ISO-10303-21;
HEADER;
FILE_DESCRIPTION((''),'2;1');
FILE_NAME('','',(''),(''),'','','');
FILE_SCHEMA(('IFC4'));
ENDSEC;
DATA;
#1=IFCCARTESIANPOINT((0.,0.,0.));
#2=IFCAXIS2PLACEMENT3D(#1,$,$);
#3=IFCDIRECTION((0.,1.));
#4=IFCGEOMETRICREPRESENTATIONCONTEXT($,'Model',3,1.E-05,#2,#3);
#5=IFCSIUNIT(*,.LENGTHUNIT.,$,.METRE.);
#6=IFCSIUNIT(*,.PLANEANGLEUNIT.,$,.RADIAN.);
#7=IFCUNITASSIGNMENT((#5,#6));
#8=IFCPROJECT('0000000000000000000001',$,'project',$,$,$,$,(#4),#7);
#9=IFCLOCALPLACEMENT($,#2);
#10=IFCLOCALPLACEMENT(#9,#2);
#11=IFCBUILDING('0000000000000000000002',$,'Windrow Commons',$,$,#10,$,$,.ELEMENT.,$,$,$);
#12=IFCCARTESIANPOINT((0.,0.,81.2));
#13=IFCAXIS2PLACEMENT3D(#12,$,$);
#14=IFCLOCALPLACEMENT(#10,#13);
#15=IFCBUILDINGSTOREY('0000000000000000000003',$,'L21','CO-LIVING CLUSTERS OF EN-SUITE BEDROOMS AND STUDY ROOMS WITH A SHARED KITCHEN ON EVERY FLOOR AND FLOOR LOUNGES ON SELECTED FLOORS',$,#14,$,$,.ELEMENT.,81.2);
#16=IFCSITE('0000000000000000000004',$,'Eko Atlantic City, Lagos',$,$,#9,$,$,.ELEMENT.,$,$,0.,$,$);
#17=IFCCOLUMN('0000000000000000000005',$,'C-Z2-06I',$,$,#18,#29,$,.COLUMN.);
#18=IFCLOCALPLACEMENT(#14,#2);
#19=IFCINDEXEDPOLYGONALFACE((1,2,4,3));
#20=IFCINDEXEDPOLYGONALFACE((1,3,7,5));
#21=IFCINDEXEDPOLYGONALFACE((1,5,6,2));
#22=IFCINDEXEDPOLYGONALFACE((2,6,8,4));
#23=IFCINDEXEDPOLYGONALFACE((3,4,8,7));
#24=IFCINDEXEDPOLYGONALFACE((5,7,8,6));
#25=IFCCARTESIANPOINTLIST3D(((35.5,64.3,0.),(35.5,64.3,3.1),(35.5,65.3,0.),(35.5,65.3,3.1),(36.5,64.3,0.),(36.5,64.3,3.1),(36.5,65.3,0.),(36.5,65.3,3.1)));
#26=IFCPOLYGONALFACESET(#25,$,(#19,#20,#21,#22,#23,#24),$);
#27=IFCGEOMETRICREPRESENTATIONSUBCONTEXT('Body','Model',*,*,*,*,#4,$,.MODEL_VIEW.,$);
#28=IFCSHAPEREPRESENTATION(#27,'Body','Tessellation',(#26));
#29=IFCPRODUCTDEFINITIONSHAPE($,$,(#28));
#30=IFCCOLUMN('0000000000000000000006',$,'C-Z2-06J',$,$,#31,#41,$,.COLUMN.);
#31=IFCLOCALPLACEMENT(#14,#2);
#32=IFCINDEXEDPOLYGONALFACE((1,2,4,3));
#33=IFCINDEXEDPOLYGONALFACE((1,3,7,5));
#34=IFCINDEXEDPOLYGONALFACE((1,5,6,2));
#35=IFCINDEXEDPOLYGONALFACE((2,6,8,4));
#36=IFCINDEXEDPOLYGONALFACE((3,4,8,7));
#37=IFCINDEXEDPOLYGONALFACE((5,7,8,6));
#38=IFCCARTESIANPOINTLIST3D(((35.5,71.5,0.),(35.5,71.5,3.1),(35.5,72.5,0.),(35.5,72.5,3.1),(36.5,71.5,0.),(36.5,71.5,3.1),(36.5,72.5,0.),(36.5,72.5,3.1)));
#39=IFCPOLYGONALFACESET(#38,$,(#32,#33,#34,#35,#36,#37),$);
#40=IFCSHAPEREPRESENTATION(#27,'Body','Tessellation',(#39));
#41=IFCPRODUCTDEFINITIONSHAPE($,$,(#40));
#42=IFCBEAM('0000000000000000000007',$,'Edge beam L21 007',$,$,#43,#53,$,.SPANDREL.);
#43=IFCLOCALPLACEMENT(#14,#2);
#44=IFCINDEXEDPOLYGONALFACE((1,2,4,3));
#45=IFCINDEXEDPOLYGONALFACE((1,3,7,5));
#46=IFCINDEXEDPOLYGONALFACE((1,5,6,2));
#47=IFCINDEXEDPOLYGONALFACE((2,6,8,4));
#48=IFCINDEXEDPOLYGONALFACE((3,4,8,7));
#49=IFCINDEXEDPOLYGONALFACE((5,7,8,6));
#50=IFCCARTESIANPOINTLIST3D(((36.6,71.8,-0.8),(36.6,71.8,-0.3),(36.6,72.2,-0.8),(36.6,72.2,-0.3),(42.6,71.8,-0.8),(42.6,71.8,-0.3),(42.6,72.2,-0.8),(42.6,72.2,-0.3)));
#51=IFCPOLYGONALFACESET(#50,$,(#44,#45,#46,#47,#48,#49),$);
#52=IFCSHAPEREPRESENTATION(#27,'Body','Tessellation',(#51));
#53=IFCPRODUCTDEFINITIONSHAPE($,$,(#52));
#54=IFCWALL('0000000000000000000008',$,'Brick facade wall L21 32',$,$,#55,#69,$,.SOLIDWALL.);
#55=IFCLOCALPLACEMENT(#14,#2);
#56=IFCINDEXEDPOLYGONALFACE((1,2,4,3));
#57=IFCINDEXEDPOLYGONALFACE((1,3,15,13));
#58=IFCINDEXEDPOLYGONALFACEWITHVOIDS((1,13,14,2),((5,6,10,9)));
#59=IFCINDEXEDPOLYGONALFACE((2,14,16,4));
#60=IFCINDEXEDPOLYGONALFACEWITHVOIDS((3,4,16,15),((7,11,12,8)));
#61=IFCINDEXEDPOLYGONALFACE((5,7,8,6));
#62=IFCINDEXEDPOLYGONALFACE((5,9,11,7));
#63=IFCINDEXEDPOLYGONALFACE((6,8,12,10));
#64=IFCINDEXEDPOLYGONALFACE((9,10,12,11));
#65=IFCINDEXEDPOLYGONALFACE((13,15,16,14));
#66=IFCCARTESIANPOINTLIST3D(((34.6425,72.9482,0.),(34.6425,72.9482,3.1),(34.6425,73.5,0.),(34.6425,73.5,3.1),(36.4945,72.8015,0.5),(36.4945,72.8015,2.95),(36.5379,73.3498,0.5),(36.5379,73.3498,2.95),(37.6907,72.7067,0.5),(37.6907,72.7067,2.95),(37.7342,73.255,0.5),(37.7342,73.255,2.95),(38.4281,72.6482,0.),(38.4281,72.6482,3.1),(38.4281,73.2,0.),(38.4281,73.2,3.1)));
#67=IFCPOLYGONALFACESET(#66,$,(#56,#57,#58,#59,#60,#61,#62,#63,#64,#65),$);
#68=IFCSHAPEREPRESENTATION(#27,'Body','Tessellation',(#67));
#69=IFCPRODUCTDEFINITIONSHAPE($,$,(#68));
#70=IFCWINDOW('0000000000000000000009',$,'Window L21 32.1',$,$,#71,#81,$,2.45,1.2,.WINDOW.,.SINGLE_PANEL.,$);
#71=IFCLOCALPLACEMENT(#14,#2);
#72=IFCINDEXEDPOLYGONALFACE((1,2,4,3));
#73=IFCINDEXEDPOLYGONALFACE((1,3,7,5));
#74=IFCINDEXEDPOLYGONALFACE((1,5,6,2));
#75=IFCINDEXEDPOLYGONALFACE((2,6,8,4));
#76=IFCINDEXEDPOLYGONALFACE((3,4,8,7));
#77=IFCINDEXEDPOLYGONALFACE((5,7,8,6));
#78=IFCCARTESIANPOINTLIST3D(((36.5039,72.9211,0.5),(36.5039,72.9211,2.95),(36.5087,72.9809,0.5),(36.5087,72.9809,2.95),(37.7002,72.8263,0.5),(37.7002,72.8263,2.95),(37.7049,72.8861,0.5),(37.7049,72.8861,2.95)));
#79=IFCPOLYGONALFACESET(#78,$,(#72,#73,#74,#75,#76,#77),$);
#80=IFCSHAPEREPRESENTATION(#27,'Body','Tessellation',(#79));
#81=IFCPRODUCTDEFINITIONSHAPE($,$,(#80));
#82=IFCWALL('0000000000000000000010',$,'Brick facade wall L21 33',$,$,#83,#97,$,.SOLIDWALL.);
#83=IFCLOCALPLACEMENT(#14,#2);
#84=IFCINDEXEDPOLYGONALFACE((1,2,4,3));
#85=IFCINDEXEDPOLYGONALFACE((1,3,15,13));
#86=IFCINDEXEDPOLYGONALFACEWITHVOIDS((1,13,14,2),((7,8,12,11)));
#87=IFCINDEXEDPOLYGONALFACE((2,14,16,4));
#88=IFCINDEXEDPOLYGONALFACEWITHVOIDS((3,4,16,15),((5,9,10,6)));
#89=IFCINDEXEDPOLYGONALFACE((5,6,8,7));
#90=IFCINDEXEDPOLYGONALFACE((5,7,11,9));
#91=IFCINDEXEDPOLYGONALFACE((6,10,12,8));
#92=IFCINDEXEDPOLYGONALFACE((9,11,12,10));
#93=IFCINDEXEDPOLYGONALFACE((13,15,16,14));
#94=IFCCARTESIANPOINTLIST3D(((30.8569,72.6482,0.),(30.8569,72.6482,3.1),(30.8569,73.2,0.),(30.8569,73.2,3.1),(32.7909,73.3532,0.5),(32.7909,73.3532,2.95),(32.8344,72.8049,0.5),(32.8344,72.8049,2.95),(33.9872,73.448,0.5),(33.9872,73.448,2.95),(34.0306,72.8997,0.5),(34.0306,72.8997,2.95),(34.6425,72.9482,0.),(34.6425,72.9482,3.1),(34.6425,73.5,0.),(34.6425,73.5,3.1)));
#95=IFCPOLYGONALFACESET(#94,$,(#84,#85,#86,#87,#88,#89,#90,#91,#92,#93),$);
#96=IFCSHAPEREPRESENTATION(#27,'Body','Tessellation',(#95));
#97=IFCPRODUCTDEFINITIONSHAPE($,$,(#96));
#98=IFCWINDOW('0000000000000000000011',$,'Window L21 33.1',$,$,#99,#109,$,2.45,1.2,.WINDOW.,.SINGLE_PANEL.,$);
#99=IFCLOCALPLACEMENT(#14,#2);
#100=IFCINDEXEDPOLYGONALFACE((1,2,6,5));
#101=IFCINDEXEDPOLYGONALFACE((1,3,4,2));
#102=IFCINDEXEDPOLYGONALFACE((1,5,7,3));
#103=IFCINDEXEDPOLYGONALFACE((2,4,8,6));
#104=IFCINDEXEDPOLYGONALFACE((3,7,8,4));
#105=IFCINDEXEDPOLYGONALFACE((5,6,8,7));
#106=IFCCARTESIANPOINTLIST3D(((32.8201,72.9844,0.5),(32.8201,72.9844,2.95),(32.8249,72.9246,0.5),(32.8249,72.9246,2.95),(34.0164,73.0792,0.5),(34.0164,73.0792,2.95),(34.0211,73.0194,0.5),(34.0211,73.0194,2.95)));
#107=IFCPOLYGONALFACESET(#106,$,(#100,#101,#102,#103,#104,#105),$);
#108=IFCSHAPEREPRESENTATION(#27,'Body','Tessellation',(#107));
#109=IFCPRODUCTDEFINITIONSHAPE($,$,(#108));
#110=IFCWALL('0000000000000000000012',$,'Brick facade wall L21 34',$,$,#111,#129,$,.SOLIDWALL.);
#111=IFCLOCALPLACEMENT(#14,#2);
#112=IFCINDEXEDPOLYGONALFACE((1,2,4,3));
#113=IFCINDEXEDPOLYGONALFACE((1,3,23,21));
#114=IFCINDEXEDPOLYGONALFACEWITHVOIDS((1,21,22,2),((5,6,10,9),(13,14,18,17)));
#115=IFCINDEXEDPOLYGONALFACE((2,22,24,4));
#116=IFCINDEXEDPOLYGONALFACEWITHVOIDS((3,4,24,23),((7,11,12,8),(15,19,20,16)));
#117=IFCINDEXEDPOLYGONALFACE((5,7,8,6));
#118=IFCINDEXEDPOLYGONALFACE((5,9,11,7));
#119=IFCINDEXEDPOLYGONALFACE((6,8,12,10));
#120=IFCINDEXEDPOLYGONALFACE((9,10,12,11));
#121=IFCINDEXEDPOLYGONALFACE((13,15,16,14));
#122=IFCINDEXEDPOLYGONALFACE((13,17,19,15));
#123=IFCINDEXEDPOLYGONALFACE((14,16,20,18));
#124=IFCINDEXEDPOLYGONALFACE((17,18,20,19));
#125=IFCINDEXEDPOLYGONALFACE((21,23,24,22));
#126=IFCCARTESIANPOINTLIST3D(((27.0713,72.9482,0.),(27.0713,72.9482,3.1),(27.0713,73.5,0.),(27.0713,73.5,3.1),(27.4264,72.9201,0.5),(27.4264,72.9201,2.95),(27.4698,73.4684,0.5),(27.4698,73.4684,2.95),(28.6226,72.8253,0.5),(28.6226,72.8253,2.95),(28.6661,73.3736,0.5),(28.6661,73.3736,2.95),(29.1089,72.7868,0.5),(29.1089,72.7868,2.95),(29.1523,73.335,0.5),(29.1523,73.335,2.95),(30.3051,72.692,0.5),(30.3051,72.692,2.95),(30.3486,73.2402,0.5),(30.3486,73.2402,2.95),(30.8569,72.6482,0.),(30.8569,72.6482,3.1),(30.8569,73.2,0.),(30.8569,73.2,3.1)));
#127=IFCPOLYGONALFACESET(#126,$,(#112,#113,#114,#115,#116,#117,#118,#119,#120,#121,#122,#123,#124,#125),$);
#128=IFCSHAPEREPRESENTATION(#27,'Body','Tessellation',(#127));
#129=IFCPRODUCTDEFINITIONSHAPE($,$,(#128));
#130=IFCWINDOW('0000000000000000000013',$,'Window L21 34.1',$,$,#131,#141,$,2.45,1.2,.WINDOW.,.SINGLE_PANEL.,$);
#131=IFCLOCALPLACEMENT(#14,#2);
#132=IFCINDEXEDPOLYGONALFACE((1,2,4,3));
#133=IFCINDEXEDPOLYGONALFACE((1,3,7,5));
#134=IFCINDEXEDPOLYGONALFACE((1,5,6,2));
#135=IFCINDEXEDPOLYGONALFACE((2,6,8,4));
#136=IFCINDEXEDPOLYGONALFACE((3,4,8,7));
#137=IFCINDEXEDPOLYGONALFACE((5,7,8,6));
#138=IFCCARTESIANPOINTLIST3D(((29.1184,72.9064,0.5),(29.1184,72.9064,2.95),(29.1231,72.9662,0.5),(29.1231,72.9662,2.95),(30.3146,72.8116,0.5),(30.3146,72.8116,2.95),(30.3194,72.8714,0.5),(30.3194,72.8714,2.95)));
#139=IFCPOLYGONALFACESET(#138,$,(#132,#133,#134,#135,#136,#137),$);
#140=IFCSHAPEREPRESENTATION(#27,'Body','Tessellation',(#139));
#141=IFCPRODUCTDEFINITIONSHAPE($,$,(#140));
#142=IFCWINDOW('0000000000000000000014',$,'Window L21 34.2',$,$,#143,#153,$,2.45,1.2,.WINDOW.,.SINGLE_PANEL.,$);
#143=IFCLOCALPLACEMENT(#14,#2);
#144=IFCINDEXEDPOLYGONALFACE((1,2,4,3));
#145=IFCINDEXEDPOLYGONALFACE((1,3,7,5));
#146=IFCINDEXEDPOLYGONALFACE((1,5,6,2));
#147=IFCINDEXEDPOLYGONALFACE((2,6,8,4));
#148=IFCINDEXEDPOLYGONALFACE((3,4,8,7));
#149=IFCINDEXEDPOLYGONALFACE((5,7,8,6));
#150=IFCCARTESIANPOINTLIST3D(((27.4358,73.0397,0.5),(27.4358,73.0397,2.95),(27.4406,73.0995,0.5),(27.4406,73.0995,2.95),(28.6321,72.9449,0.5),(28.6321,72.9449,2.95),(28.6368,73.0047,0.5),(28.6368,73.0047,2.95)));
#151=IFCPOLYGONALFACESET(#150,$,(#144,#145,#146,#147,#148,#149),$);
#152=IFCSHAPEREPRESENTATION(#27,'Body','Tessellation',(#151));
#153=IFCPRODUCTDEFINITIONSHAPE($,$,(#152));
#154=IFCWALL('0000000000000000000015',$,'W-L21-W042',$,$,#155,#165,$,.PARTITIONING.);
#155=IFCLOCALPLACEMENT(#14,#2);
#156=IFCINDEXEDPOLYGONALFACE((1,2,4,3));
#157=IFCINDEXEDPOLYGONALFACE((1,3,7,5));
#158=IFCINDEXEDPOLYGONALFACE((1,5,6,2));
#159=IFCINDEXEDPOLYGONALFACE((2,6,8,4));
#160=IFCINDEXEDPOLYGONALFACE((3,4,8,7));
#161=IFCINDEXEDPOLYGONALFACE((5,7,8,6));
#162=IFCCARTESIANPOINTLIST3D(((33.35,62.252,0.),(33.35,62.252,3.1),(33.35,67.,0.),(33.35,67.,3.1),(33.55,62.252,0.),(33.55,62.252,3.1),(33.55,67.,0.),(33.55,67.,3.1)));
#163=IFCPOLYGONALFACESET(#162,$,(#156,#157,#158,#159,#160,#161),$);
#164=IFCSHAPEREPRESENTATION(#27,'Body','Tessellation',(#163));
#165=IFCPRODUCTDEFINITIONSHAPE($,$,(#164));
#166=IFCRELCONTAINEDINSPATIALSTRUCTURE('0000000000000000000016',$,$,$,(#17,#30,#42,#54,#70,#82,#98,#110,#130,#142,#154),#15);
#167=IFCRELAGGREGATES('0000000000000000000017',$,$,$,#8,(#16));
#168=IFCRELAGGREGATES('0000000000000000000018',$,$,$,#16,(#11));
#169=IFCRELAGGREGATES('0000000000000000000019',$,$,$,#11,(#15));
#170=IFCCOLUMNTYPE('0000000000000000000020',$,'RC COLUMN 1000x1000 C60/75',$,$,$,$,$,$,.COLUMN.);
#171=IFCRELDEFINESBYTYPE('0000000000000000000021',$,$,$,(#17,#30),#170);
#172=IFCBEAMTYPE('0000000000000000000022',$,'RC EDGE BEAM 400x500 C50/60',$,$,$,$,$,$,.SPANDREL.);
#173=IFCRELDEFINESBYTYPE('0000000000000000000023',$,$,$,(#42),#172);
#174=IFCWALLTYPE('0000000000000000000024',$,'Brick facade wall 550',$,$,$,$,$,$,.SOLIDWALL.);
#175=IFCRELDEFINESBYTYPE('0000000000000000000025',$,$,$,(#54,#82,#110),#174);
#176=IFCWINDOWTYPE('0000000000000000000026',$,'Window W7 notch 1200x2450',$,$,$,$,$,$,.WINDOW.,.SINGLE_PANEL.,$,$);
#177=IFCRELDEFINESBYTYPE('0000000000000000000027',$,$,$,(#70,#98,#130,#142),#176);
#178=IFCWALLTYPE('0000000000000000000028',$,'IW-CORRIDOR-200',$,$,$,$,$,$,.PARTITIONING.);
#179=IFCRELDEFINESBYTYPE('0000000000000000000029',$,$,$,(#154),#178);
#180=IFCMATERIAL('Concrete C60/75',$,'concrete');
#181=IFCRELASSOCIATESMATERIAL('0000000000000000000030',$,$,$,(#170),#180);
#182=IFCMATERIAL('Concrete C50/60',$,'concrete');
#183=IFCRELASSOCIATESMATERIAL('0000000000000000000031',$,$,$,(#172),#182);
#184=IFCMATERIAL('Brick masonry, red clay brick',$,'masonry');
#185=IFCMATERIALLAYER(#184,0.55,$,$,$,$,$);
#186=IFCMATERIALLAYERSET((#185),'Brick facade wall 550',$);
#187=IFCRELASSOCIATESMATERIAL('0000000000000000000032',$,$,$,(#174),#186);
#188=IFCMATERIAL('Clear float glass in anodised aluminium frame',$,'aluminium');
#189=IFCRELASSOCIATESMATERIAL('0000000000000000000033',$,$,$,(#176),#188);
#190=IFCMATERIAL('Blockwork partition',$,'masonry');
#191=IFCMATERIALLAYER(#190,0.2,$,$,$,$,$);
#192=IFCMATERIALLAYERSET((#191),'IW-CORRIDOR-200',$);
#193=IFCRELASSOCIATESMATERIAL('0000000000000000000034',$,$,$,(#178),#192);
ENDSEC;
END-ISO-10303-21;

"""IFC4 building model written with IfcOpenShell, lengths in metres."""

from ifc_helpers import new_model, si_unit, direction, frame, frame_2d, origin, origin_2d, place, context, subcontext, project, spatial, polyline, rectangle, outline, extrude, material, layer, layer_set, material_profile, profile_set, type_object, element, fill, save


model = new_model("IFC4")

# Units and contexts
model_context = context("Model", 3, precision=1e-05, world=origin(), true_north=direction((0.0, 1.0)))
body_context = subcontext(model_context, "Body", "Model", "MODEL_VIEW")
ifc_project = project(units=[si_unit("LENGTHUNIT", "METRE"), si_unit("PLANEANGLEUNIT", "RADIAN")], contexts=[model_context])

# Site, building, storey
site_placement = place(None, origin())
site = spatial("IfcSite", under=ifc_project, at=site_placement, Name="Eko Atlantic City, Lagos", CompositionType="ELEMENT", RefElevation=0.0)
building_placement = place(site_placement, origin())
building = spatial("IfcBuilding", under=site, at=building_placement, Name="Windrow Commons", CompositionType="ELEMENT")
storey_placement = place(building_placement, frame((0.0, 0.0, 81.2)))
storey = spatial("IfcBuildingStorey", under=building, at=storey_placement, Name="L21", Description="CO-LIVING CLUSTERS OF EN-SUITE BEDROOMS AND STUDY ROOMS WITH A SHARED KITCHEN ON EVERY FLOOR AND FLOOR LOUNGES ON SELECTED FLOORS", CompositionType="ELEMENT", Elevation=81.2)

# Columns
ifc_material_1 = material(Name="Concrete C60/75", Category="concrete")
ifc_material_profile_1 = material_profile(ifc_material_1, rectangle(XDim=1.0, YDim=1.0, at=origin_2d()))
ifc_profile_set_1 = profile_set([ifc_material_profile_1], Name="Concrete C60/75")
column_type = type_object("IfcColumnType", Name="RC COLUMN 1000x1000 C60/75", PredefinedType="COLUMN", material=ifc_profile_set_1)
for number, where, z_axis, x_axis, name in (
    (1, (36.0, 64.8, 0.0), (0.0, 0.0, 1.0), (1.0, 0.0, 0.0), "C-Z2-06I"),
    (2, (36.0, 72.0, 0.0), (0.0, 0.0, 1.0), (1.0, 0.0, 0.0), "C-Z2-06J"),
):
    element("IfcColumn", number, at=place(storey_placement, frame(where, z_axis=z_axis, x_axis=x_axis)), inside=storey, type_object=column_type, Name=name, PredefinedType="COLUMN", context=body_context, shape_type="SweptSolid", body=[
        extrude(rectangle(XDim=1.0, YDim=1.0, at=origin_2d()), origin(), (0.0, 0.0, 1.0), 3.1),
    ])

# Beam
ifc_material_2 = material(Name="Concrete C50/60", Category="concrete")
ifc_material_profile_2 = material_profile(ifc_material_2, rectangle(XDim=0.4, YDim=0.5, at=origin_2d()))
ifc_profile_set_2 = profile_set([ifc_material_profile_2], Name="Concrete C50/60")
beam_type = type_object("IfcBeamType", Name="RC EDGE BEAM 400x500 C50/60", PredefinedType="SPANDREL", material=ifc_profile_set_2)
beam_placement = place(storey_placement, frame((36.6, 72.0, -0.55), z_axis=(1.0, 0.0, 0.0), x_axis=(0.0, 1.0, 0.0)))
element("IfcBeam", 3, at=beam_placement, inside=storey, type_object=beam_type, Name="Edge beam L21 007", PredefinedType="SPANDREL", context=body_context, shape_type="SweptSolid", body=[
    extrude(rectangle(XDim=0.4, YDim=0.5, at=origin_2d()), origin(), (0.0, 0.0, 1.0), 6.0),
])

# Walls, openings, windows
ifc_material_3 = material(Name="Brick masonry, red clay brick", Category="masonry")
ifc_layer_1 = layer(ifc_material_3, 0.55)
ifc_layer_set_1 = layer_set([ifc_layer_1], Name="Brick facade wall 550")
wall_type_1 = type_object("IfcWallType", Name="Brick facade wall 550", PredefinedType="SOLIDWALL", material=ifc_layer_set_1)
wall_1_placement = place(storey_placement, frame((38.4281, 72.9241, 0.0), z_axis=(0.0, 0.0, 1.0), x_axis=(-0.996875, 0.079, 0.0)))
wall_1 = element("IfcWall", 4, at=wall_1_placement, inside=storey, type_object=wall_type_1, Name="Brick facade wall L21 32", PredefinedType="SOLIDWALL", context=body_context, shape_type="SweptSolid", body=[
    extrude(outline(polyline([(0.0218, -0.275), (3.8193, -0.275), (3.7757, 0.275), (-0.0218, 0.275), (0.0218, -0.275)])), origin(), (0.0, 0.0, 1.0), 3.1),
])
opening_1_placement = place(wall_1_placement, frame((0.7179, 0.0, 0.5)))
opening_1 = element("IfcOpeningElement", 5, at=opening_1_placement, cuts=wall_1, PredefinedType="OPENING", context=body_context, shape_type="SweptSolid", body=[
    extrude(rectangle(XDim=1.2, YDim=2.45, at=frame_2d((0.6, 1.225))), frame((0.0, 0.285, 0.0), z_axis=(0.0, -1.0, 0.0), x_axis=(1.0, 0.0, 0.0)), (0.0, 0.0, 1.0), 0.57),
])
ifc_material_4 = material(Name="Clear float glass in anodised aluminium frame", Category="aluminium")
window_type = type_object("IfcWindowType", Name="Window W7 notch 1200x2450", PartitioningType="SINGLE_PANEL", PredefinedType="WINDOW", material=ifc_material_4)
window_1_placement = place(opening_1_placement, origin())
window_1 = element("IfcWindow", 6, at=window_1_placement, inside=storey, type_object=window_type, Name="Window L21 32.1", OverallHeight=2.45, OverallWidth=1.2, PartitioningType="SINGLE_PANEL", PredefinedType="WINDOW", context=body_context, shape_type="SweptSolid", body=[
    extrude(rectangle(XDim=1.2, YDim=2.45, at=frame_2d((0.6, 1.225))), frame((0.0, 0.155, 0.0), z_axis=(0.0, -1.0, 0.0), x_axis=(1.0, 0.0, 0.0)), (0.0, 0.0, 1.0), 0.06),
])
fill(opening_1, window_1)
wall_2_placement = place(storey_placement, frame((34.6425, 73.2241, 0.0), z_axis=(0.0, 0.0, 1.0), x_axis=(-0.996875, -0.079, 0.0)))
wall_2 = element("IfcWall", 7, at=wall_2_placement, inside=storey, type_object=wall_type_1, Name="Brick facade wall L21 33", PredefinedType="SOLIDWALL", context=body_context, shape_type="SweptSolid", body=[
    extrude(outline(polyline([(-0.0218, -0.275), (3.7757, -0.275), (3.8193, 0.275), (0.0218, 0.275), (-0.0218, -0.275)])), origin(), (0.0, 0.0, 1.0), 3.1),
])
opening_2_placement = place(wall_2_placement, frame((0.6356, 0.0, 0.5)))
opening_2 = element("IfcOpeningElement", 8, at=opening_2_placement, cuts=wall_2, PredefinedType="OPENING", context=body_context, shape_type="SweptSolid", body=[
    extrude(rectangle(XDim=1.2, YDim=2.45, at=frame_2d((0.6, 1.225))), frame((0.0, 0.285, 0.0), z_axis=(0.0, -1.0, 0.0), x_axis=(1.0, 0.0, 0.0)), (0.0, 0.0, 1.0), 0.57),
])
window_2_placement = place(opening_2_placement, origin())
window_2 = element("IfcWindow", 9, at=window_2_placement, inside=storey, type_object=window_type, Name="Window L21 33.1", OverallHeight=2.45, OverallWidth=1.2, PartitioningType="SINGLE_PANEL", PredefinedType="WINDOW", context=body_context, shape_type="SweptSolid", body=[
    extrude(rectangle(XDim=1.2, YDim=2.45, at=frame_2d((0.6, 1.225))), frame((0.0, 0.155, 0.0), z_axis=(0.0, -1.0, 0.0), x_axis=(1.0, 0.0, 0.0)), (0.0, 0.0, 1.0), 0.06),
])
fill(opening_2, window_2)

# Wall, openings, windows
wall_3_placement = place(storey_placement, frame((30.8569, 72.9241, 0.0), z_axis=(0.0, 0.0, 1.0), x_axis=(-0.996875, 0.078998, 0.0)))
wall_3 = element("IfcWall", 10, at=wall_3_placement, inside=storey, type_object=wall_type_1, Name="Brick facade wall L21 34", PredefinedType="SOLIDWALL", context=body_context, shape_type="SweptSolid", body=[
    extrude(outline(polyline([(0.0218, -0.275), (3.8193, -0.275), (3.7757, 0.275), (-0.0218, 0.275), (0.0218, -0.275)])), origin(), (0.0, 0.0, 1.0), 3.1),
])
opening_3_placement = place(wall_3_placement, frame((0.5317, 0.0, 0.5)))
opening_3 = element("IfcOpeningElement", 11, at=opening_3_placement, cuts=wall_3, PredefinedType="OPENING", context=body_context, shape_type="SweptSolid", body=[
    extrude(rectangle(XDim=1.2, YDim=2.45, at=frame_2d((0.6, 1.225))), frame((0.0, 0.285, 0.0), z_axis=(0.0, -1.0, 0.0), x_axis=(1.0, 0.0, 0.0)), (0.0, 0.0, 1.0), 0.57),
])
opening_4_placement = place(wall_3_placement, frame((2.2195, 0.0, 0.5)))
opening_4 = element("IfcOpeningElement", 12, at=opening_4_placement, cuts=wall_3, PredefinedType="OPENING", context=body_context, shape_type="SweptSolid", body=[
    extrude(rectangle(XDim=1.2, YDim=2.45, at=frame_2d((0.6, 1.225))), frame((0.0, 0.285, 0.0), z_axis=(0.0, -1.0, 0.0), x_axis=(1.0, 0.0, 0.0)), (0.0, 0.0, 1.0), 0.57),
])
window_3_placement = place(opening_3_placement, origin())
window_3 = element("IfcWindow", 13, at=window_3_placement, inside=storey, type_object=window_type, Name="Window L21 34.1", OverallHeight=2.45, OverallWidth=1.2, PartitioningType="SINGLE_PANEL", PredefinedType="WINDOW", context=body_context, shape_type="SweptSolid", body=[
    extrude(rectangle(XDim=1.2, YDim=2.45, at=frame_2d((0.6, 1.225))), frame((0.0, 0.155, 0.0), z_axis=(0.0, -1.0, 0.0), x_axis=(1.0, 0.0, 0.0)), (0.0, 0.0, 1.0), 0.06),
])
fill(opening_3, window_3)
window_4_placement = place(opening_4_placement, origin())
window_4 = element("IfcWindow", 14, at=window_4_placement, inside=storey, type_object=window_type, Name="Window L21 34.2", OverallHeight=2.45, OverallWidth=1.2, PartitioningType="SINGLE_PANEL", PredefinedType="WINDOW", context=body_context, shape_type="SweptSolid", body=[
    extrude(rectangle(XDim=1.2, YDim=2.45, at=frame_2d((0.6, 1.225))), frame((0.0, 0.155, 0.0), z_axis=(0.0, -1.0, 0.0), x_axis=(1.0, 0.0, 0.0)), (0.0, 0.0, 1.0), 0.06),
])
fill(opening_4, window_4)

# Wall
ifc_material_5 = material(Name="Blockwork partition", Category="masonry")
ifc_layer_2 = layer(ifc_material_5, 0.2)
ifc_layer_set_2 = layer_set([ifc_layer_2], Name="IW-CORRIDOR-200")
wall_type_2 = type_object("IfcWallType", Name="IW-CORRIDOR-200", PredefinedType="PARTITIONING", material=ifc_layer_set_2)
wall_4_placement = place(storey_placement, frame((33.45, 62.252, 0.0), z_axis=(0.0, 0.0, 1.0), x_axis=(0.0, 1.0, 0.0)))
element("IfcWall", 15, at=wall_4_placement, inside=storey, type_object=wall_type_2, Name="W-L21-W042", PredefinedType="PARTITIONING", context=body_context, shape_type="SweptSolid", body=[
    extrude(rectangle(XDim=4.748, YDim=0.2, at=frame_2d((2.374, 0.0))), origin(), (0.0, 0.0, 1.0), 3.1),
])

save(model, "model.ifc")
